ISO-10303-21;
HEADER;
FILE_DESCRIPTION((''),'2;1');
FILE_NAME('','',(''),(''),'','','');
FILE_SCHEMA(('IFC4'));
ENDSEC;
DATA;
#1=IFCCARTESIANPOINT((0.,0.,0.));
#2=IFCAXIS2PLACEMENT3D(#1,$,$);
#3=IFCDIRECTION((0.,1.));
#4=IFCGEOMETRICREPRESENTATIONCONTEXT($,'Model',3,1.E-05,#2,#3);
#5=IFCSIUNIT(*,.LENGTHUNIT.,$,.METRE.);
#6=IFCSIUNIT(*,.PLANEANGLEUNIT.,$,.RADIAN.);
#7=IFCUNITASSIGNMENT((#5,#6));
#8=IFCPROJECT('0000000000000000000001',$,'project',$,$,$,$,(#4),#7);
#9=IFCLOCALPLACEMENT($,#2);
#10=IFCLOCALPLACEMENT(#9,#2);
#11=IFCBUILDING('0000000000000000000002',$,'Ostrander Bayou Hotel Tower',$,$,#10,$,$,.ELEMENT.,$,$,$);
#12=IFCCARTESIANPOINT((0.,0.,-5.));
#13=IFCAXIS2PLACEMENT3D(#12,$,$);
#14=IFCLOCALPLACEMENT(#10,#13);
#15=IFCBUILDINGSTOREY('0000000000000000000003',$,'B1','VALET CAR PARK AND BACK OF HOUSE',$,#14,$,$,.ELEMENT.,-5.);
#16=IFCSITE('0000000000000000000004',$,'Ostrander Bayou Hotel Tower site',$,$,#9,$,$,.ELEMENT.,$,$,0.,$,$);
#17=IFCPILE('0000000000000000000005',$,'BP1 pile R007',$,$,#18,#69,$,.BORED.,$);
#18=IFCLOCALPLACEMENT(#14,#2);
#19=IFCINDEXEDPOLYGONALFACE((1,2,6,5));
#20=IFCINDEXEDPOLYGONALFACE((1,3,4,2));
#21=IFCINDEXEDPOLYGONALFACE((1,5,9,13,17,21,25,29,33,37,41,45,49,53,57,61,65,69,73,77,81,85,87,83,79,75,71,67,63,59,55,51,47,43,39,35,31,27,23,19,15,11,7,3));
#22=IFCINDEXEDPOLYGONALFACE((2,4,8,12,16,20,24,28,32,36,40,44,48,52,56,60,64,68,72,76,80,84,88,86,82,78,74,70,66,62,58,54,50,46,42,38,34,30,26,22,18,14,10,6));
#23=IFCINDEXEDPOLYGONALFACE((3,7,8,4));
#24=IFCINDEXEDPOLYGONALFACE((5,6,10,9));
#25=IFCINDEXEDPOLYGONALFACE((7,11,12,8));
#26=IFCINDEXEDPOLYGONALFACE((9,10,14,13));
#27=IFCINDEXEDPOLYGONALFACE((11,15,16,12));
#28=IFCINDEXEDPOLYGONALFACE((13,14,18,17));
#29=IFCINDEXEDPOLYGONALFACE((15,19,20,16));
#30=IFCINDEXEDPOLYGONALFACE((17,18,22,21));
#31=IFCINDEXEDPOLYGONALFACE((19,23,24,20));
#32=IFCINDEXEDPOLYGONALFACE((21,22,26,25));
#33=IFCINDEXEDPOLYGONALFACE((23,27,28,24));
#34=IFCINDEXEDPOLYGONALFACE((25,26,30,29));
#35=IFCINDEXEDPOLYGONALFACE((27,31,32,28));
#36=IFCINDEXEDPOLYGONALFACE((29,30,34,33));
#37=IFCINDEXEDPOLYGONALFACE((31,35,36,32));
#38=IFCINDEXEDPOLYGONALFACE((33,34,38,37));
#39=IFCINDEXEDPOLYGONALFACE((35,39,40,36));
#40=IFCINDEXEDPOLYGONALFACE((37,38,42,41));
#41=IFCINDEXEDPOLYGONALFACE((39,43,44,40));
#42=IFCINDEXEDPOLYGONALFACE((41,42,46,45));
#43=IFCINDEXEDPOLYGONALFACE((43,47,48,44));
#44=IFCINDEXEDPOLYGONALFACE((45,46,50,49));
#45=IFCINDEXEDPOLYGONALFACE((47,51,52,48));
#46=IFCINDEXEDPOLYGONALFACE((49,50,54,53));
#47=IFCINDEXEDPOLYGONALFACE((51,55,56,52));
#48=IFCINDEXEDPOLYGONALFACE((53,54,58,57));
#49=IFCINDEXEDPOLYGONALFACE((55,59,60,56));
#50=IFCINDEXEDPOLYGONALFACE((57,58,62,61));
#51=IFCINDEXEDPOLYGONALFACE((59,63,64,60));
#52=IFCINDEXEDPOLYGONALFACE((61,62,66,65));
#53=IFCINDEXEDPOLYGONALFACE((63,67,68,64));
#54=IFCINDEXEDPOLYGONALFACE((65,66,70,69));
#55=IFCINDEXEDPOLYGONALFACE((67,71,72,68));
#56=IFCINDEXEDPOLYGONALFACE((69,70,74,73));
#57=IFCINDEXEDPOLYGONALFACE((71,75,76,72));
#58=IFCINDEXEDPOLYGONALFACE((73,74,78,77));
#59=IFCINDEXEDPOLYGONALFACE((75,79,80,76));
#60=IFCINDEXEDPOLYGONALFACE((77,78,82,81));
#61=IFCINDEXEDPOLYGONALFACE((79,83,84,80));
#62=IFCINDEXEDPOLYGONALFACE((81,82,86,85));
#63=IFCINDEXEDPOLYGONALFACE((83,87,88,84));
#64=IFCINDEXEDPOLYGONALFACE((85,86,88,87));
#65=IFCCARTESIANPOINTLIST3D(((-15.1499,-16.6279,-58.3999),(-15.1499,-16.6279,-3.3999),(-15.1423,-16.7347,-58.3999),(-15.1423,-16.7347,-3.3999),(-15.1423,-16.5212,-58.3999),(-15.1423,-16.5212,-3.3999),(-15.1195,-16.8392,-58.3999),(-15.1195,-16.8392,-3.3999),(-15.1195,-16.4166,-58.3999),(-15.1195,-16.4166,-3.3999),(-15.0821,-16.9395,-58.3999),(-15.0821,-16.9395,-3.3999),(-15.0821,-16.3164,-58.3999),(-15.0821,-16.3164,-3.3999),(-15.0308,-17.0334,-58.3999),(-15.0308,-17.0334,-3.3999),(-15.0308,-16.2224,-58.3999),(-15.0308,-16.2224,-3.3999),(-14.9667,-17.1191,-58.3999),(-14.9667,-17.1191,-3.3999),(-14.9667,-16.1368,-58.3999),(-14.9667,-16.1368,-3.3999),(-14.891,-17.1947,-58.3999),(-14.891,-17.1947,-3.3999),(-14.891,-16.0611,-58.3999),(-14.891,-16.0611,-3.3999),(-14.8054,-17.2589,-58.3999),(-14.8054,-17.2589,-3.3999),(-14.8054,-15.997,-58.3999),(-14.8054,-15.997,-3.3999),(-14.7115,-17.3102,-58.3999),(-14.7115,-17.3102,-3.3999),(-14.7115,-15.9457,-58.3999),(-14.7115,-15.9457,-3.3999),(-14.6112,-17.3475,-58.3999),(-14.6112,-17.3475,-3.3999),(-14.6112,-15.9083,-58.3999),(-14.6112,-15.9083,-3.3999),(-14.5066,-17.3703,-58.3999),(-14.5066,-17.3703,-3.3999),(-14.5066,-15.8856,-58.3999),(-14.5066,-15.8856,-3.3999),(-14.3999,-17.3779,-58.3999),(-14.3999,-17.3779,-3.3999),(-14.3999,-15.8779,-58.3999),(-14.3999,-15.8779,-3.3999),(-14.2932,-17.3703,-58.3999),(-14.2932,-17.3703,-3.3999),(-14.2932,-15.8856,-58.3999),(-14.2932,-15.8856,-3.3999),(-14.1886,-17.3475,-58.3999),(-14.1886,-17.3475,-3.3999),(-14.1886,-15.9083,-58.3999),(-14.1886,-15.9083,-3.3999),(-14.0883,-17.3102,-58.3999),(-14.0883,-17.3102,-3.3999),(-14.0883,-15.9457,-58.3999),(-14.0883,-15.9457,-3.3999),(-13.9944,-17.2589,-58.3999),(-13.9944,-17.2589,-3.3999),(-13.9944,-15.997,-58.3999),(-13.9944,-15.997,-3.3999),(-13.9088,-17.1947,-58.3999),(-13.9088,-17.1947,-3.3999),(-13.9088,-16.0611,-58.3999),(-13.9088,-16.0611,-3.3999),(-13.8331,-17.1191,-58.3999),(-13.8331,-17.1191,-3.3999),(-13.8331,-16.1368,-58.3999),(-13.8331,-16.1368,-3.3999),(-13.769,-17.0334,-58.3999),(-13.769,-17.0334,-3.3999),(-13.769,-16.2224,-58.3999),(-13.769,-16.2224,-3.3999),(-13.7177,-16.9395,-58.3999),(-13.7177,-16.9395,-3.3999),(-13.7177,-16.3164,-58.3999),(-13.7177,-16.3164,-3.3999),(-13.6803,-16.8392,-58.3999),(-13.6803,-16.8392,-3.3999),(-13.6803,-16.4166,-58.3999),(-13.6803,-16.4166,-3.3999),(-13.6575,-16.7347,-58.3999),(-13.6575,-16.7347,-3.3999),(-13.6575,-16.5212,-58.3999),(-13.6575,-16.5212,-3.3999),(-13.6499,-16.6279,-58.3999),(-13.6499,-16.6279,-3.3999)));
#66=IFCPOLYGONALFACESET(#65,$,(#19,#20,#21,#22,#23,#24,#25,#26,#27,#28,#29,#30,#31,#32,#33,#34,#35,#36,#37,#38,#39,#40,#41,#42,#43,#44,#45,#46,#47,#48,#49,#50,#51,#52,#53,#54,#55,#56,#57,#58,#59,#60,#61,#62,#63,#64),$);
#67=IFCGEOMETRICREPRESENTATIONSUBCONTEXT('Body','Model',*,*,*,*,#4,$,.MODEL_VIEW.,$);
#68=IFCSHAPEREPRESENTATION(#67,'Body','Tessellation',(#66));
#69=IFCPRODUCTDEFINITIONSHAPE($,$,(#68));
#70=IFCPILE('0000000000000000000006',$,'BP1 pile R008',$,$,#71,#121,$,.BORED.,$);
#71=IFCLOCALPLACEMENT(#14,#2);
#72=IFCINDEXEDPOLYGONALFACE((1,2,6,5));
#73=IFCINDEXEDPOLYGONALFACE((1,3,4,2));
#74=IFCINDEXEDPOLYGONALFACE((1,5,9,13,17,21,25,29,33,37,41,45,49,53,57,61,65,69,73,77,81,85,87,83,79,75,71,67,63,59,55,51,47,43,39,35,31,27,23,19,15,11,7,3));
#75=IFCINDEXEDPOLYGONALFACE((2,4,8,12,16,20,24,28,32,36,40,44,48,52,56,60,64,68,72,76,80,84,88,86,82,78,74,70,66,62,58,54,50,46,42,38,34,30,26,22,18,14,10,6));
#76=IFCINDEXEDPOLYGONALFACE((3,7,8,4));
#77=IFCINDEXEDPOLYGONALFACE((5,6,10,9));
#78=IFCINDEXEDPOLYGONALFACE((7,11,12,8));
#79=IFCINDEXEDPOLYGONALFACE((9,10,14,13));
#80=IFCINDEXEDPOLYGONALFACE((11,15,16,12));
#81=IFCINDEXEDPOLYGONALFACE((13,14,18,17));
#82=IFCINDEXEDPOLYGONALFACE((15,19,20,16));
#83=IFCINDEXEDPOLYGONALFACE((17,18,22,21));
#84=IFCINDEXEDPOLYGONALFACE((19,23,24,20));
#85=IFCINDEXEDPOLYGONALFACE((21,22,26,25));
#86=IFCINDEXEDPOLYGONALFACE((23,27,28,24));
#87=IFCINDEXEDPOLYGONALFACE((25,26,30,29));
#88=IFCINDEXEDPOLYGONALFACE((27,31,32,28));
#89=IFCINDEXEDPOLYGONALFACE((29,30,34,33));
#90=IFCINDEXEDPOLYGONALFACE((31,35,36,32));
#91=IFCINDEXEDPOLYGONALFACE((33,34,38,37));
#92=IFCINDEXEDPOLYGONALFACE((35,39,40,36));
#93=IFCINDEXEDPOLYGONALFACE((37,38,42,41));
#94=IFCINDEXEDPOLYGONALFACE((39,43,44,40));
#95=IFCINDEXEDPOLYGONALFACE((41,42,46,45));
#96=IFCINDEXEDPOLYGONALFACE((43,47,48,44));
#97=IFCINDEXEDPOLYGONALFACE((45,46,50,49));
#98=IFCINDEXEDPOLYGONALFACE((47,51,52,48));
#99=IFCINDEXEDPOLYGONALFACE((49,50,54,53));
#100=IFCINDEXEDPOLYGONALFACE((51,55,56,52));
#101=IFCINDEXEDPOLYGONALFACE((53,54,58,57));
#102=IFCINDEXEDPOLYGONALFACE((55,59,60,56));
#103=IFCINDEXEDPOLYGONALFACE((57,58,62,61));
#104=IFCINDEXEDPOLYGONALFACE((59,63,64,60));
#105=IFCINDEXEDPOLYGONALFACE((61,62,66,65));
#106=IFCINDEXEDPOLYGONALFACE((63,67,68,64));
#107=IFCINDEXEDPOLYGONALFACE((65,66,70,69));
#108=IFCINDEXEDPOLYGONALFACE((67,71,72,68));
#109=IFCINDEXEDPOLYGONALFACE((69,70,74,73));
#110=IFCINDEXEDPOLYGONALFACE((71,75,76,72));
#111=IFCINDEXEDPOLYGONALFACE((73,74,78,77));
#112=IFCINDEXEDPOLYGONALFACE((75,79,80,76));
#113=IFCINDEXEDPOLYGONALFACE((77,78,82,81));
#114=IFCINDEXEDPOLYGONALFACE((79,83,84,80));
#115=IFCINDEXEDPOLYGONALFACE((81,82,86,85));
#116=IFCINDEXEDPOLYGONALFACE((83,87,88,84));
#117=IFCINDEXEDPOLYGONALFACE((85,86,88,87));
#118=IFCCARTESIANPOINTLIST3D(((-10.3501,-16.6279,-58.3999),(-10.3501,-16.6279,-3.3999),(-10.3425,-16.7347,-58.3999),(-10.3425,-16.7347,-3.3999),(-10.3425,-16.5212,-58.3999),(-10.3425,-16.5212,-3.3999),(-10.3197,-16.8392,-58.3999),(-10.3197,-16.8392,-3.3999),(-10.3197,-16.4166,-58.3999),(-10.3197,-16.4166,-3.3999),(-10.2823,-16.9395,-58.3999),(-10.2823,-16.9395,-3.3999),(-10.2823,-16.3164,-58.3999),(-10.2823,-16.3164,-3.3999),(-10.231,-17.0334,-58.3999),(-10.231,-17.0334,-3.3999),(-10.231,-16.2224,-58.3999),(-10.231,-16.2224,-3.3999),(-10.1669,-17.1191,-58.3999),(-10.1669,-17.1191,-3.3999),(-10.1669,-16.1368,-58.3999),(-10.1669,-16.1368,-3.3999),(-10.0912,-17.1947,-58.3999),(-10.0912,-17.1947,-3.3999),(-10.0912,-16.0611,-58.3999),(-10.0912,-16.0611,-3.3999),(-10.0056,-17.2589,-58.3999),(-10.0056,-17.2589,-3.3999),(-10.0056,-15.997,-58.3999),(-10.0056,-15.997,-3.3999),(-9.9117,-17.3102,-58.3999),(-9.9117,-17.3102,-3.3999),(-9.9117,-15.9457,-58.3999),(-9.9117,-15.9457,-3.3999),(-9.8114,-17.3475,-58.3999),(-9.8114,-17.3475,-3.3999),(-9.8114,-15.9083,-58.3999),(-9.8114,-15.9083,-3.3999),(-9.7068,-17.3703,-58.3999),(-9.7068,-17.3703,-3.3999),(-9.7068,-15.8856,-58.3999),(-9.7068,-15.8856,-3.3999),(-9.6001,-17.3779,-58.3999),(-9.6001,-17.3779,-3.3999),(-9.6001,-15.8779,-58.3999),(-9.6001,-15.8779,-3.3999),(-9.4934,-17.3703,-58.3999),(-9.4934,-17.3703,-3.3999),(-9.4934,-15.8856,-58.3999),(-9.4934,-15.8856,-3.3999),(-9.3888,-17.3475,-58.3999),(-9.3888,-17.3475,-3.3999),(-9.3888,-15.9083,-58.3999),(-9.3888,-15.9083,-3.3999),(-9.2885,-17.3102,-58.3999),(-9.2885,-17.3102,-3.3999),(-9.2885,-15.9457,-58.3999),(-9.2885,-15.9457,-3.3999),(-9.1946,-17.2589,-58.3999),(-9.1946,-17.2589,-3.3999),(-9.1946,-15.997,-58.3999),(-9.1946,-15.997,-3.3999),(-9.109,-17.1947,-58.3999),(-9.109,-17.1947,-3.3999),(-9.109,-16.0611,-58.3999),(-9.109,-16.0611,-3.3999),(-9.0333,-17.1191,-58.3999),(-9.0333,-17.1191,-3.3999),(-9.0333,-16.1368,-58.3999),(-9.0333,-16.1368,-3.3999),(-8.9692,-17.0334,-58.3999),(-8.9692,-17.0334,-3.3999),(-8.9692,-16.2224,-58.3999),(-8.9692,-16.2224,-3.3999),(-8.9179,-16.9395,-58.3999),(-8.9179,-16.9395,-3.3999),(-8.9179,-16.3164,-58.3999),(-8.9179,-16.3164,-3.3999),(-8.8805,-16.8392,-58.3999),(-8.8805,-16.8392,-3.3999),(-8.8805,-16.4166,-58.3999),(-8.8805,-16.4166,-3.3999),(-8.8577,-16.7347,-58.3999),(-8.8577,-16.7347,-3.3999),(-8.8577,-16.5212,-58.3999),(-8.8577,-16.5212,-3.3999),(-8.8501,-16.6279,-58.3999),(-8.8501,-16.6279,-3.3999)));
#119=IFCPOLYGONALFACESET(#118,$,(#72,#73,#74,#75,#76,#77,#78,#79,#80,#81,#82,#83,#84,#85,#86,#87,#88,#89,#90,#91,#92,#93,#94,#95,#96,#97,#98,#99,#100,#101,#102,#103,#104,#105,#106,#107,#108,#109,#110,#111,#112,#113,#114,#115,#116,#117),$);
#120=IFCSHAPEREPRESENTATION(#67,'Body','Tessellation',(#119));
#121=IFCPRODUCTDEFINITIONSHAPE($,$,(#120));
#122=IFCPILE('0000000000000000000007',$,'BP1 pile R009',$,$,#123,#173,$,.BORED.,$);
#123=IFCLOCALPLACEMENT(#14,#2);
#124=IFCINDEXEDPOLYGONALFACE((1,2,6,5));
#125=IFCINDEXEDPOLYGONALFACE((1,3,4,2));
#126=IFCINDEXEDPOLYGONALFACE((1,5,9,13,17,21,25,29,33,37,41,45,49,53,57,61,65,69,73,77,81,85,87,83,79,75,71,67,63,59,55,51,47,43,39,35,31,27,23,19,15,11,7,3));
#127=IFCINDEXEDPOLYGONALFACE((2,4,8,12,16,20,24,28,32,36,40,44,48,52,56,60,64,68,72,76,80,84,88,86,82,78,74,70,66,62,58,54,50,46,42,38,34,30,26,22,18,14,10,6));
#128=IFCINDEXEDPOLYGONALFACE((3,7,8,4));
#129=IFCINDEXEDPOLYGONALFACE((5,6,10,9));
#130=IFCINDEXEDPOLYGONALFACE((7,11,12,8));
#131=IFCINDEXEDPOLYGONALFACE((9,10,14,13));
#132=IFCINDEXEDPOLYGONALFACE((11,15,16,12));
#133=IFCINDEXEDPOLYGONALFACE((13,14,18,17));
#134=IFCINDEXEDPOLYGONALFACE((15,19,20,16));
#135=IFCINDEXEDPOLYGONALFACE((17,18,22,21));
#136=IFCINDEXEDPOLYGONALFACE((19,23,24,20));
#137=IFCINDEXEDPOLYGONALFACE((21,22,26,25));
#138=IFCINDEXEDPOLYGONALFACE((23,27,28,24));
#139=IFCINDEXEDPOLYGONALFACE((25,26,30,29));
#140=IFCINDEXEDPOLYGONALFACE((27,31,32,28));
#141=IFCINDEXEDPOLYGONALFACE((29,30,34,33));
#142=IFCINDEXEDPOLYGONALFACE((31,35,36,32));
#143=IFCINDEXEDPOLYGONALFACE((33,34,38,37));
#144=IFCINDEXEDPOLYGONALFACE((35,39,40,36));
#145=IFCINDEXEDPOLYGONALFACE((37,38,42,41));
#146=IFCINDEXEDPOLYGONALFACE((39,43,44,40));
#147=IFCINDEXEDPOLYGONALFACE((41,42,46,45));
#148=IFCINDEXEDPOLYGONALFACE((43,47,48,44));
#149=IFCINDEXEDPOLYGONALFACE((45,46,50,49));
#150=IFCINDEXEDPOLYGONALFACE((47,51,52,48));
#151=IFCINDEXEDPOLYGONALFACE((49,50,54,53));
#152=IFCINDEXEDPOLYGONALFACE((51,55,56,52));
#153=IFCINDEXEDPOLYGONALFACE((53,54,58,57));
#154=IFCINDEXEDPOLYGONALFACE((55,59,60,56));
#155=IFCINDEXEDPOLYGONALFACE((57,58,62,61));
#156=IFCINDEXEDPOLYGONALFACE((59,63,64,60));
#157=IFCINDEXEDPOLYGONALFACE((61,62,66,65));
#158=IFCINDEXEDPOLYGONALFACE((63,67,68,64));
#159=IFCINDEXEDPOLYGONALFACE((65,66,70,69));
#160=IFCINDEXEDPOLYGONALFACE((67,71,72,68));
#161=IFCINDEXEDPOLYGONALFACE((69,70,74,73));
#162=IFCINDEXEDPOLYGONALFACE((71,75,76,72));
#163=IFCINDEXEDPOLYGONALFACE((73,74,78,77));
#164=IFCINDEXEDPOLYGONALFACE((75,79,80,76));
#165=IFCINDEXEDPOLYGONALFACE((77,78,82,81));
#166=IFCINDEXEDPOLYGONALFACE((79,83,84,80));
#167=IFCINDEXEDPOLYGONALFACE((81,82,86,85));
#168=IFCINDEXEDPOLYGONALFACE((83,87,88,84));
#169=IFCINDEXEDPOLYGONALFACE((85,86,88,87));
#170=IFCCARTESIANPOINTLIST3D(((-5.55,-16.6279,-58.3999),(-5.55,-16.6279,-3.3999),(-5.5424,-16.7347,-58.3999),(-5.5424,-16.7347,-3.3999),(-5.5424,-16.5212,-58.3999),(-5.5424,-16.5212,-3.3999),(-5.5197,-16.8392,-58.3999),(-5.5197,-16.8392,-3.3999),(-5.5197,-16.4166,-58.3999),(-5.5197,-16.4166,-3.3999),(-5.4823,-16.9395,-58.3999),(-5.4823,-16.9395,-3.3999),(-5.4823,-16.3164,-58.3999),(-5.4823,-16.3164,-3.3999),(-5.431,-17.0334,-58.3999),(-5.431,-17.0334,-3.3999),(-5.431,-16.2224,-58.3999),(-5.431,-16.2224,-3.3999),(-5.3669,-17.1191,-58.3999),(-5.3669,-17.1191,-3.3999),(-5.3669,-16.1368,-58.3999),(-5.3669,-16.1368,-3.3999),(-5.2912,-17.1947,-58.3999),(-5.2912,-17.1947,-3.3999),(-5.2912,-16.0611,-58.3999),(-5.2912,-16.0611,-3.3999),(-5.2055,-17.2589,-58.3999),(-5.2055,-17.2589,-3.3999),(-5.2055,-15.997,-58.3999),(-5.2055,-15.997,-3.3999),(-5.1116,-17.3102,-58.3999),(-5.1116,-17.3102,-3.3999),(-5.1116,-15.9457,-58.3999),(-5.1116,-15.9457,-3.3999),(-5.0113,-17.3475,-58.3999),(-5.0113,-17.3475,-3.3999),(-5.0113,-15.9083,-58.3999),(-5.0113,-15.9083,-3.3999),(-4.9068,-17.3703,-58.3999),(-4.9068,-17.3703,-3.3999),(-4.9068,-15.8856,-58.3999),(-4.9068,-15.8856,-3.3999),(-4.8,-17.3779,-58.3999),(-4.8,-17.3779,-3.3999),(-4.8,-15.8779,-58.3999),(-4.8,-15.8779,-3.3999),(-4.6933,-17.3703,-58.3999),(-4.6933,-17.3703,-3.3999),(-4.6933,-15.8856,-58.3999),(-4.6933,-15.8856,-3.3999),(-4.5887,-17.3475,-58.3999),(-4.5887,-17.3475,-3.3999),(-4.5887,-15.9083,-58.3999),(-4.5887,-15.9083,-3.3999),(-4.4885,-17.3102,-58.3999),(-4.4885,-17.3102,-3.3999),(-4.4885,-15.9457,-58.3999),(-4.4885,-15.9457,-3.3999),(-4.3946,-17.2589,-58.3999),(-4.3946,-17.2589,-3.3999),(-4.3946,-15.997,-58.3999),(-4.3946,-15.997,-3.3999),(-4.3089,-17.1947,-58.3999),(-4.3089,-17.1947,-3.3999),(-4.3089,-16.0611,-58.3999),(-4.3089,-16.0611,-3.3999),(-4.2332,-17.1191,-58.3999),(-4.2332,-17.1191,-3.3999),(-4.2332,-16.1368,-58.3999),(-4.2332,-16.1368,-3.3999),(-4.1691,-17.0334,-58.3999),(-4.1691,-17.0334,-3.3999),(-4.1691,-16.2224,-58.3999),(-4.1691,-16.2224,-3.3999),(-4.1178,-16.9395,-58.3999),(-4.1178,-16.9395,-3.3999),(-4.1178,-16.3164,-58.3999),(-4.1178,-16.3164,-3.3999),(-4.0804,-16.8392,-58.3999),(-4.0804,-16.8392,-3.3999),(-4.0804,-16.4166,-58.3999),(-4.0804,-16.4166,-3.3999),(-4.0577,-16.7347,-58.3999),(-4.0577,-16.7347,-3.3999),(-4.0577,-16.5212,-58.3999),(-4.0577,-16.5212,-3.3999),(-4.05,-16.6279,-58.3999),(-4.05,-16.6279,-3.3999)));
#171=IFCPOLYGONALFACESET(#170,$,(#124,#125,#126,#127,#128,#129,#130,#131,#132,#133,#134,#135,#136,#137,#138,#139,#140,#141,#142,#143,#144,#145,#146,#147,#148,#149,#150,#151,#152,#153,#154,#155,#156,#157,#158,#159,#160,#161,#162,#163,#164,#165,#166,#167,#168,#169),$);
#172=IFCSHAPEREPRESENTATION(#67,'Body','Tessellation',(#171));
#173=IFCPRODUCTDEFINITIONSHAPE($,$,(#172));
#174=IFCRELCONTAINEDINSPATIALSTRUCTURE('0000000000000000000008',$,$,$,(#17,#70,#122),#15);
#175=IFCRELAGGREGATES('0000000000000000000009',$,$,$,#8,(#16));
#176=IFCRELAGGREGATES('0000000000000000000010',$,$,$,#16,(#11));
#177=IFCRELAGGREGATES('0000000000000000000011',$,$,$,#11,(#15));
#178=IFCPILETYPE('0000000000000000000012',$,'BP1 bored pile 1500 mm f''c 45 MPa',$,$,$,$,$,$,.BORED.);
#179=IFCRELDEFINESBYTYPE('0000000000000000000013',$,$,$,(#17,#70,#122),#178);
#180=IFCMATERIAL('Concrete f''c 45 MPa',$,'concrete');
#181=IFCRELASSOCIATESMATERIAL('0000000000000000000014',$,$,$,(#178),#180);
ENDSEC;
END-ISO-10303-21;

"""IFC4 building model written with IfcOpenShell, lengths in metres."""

from ifc_helpers import new_model, si_unit, direction, frame, origin, origin_2d, place, context, subcontext, project, spatial, circle, extrude, material, material_profile, profile_set, type_object, element, save


model = new_model("IFC4")

# Units and contexts
model_context = context("Model", 3, precision=1e-05, world=origin(), true_north=direction((0.0, 1.0)))
body_context = subcontext(model_context, "Body", "Model", "MODEL_VIEW")
ifc_project = project(units=[si_unit("LENGTHUNIT", "METRE"), si_unit("PLANEANGLEUNIT", "RADIAN")], contexts=[model_context])

# Site, building, storey
site_placement = place(None, origin())
site = spatial("IfcSite", under=ifc_project, at=site_placement, Name="Ostrander Bayou Hotel Tower site", CompositionType="ELEMENT", RefElevation=0.0)
building_placement = place(site_placement, origin())
building = spatial("IfcBuilding", under=site, at=building_placement, Name="Ostrander Bayou Hotel Tower", CompositionType="ELEMENT")
storey_placement = place(building_placement, frame((0.0, 0.0, -5.0)))
storey = spatial("IfcBuildingStorey", under=building, at=storey_placement, Name="B1", Description="VALET CAR PARK AND BACK OF HOUSE", CompositionType="ELEMENT", Elevation=-5.0)

# Piles
ifc_material_1 = material(Name="Concrete f'c 45 MPa", Category="concrete")
ifc_material_profile_1 = material_profile(ifc_material_1, circle(Radius=0.75, at=origin_2d()))
ifc_profile_set_1 = profile_set([ifc_material_profile_1], Name="Concrete f'c 45 MPa")
pile_type_1 = type_object("IfcPileType", Name="BP1 bored pile 1500 mm f'c 45 MPa", PredefinedType="BORED", material=ifc_profile_set_1)
for number, where, z_axis, x_axis, name in (
    (1, (-14.3999, -16.6279, -3.3999), (0.0, 0.0, -1.0), (1.0, 0.0, 0.0), "BP1 pile R007"),
    (2, (-9.6001, -16.6279, -3.3999), (0.0, 0.0, -1.0), (1.0, 0.0, 0.0), "BP1 pile R008"),
    (3, (-4.8, -16.6279, -3.3999), (0.0, 0.0, -1.0), (1.0, 0.0, 0.0), "BP1 pile R009"),
):
    element("IfcPile", number, at=place(storey_placement, frame(where, z_axis=z_axis, x_axis=x_axis)), inside=storey, type_object=pile_type_1, Name=name, PredefinedType="BORED", context=body_context, shape_type="SweptSolid", body=[
        extrude(circle(Radius=0.75, at=origin_2d()), origin(), (0.0, 0.0, 1.0), 55.0),
    ])

save(model, "model.ifc")
